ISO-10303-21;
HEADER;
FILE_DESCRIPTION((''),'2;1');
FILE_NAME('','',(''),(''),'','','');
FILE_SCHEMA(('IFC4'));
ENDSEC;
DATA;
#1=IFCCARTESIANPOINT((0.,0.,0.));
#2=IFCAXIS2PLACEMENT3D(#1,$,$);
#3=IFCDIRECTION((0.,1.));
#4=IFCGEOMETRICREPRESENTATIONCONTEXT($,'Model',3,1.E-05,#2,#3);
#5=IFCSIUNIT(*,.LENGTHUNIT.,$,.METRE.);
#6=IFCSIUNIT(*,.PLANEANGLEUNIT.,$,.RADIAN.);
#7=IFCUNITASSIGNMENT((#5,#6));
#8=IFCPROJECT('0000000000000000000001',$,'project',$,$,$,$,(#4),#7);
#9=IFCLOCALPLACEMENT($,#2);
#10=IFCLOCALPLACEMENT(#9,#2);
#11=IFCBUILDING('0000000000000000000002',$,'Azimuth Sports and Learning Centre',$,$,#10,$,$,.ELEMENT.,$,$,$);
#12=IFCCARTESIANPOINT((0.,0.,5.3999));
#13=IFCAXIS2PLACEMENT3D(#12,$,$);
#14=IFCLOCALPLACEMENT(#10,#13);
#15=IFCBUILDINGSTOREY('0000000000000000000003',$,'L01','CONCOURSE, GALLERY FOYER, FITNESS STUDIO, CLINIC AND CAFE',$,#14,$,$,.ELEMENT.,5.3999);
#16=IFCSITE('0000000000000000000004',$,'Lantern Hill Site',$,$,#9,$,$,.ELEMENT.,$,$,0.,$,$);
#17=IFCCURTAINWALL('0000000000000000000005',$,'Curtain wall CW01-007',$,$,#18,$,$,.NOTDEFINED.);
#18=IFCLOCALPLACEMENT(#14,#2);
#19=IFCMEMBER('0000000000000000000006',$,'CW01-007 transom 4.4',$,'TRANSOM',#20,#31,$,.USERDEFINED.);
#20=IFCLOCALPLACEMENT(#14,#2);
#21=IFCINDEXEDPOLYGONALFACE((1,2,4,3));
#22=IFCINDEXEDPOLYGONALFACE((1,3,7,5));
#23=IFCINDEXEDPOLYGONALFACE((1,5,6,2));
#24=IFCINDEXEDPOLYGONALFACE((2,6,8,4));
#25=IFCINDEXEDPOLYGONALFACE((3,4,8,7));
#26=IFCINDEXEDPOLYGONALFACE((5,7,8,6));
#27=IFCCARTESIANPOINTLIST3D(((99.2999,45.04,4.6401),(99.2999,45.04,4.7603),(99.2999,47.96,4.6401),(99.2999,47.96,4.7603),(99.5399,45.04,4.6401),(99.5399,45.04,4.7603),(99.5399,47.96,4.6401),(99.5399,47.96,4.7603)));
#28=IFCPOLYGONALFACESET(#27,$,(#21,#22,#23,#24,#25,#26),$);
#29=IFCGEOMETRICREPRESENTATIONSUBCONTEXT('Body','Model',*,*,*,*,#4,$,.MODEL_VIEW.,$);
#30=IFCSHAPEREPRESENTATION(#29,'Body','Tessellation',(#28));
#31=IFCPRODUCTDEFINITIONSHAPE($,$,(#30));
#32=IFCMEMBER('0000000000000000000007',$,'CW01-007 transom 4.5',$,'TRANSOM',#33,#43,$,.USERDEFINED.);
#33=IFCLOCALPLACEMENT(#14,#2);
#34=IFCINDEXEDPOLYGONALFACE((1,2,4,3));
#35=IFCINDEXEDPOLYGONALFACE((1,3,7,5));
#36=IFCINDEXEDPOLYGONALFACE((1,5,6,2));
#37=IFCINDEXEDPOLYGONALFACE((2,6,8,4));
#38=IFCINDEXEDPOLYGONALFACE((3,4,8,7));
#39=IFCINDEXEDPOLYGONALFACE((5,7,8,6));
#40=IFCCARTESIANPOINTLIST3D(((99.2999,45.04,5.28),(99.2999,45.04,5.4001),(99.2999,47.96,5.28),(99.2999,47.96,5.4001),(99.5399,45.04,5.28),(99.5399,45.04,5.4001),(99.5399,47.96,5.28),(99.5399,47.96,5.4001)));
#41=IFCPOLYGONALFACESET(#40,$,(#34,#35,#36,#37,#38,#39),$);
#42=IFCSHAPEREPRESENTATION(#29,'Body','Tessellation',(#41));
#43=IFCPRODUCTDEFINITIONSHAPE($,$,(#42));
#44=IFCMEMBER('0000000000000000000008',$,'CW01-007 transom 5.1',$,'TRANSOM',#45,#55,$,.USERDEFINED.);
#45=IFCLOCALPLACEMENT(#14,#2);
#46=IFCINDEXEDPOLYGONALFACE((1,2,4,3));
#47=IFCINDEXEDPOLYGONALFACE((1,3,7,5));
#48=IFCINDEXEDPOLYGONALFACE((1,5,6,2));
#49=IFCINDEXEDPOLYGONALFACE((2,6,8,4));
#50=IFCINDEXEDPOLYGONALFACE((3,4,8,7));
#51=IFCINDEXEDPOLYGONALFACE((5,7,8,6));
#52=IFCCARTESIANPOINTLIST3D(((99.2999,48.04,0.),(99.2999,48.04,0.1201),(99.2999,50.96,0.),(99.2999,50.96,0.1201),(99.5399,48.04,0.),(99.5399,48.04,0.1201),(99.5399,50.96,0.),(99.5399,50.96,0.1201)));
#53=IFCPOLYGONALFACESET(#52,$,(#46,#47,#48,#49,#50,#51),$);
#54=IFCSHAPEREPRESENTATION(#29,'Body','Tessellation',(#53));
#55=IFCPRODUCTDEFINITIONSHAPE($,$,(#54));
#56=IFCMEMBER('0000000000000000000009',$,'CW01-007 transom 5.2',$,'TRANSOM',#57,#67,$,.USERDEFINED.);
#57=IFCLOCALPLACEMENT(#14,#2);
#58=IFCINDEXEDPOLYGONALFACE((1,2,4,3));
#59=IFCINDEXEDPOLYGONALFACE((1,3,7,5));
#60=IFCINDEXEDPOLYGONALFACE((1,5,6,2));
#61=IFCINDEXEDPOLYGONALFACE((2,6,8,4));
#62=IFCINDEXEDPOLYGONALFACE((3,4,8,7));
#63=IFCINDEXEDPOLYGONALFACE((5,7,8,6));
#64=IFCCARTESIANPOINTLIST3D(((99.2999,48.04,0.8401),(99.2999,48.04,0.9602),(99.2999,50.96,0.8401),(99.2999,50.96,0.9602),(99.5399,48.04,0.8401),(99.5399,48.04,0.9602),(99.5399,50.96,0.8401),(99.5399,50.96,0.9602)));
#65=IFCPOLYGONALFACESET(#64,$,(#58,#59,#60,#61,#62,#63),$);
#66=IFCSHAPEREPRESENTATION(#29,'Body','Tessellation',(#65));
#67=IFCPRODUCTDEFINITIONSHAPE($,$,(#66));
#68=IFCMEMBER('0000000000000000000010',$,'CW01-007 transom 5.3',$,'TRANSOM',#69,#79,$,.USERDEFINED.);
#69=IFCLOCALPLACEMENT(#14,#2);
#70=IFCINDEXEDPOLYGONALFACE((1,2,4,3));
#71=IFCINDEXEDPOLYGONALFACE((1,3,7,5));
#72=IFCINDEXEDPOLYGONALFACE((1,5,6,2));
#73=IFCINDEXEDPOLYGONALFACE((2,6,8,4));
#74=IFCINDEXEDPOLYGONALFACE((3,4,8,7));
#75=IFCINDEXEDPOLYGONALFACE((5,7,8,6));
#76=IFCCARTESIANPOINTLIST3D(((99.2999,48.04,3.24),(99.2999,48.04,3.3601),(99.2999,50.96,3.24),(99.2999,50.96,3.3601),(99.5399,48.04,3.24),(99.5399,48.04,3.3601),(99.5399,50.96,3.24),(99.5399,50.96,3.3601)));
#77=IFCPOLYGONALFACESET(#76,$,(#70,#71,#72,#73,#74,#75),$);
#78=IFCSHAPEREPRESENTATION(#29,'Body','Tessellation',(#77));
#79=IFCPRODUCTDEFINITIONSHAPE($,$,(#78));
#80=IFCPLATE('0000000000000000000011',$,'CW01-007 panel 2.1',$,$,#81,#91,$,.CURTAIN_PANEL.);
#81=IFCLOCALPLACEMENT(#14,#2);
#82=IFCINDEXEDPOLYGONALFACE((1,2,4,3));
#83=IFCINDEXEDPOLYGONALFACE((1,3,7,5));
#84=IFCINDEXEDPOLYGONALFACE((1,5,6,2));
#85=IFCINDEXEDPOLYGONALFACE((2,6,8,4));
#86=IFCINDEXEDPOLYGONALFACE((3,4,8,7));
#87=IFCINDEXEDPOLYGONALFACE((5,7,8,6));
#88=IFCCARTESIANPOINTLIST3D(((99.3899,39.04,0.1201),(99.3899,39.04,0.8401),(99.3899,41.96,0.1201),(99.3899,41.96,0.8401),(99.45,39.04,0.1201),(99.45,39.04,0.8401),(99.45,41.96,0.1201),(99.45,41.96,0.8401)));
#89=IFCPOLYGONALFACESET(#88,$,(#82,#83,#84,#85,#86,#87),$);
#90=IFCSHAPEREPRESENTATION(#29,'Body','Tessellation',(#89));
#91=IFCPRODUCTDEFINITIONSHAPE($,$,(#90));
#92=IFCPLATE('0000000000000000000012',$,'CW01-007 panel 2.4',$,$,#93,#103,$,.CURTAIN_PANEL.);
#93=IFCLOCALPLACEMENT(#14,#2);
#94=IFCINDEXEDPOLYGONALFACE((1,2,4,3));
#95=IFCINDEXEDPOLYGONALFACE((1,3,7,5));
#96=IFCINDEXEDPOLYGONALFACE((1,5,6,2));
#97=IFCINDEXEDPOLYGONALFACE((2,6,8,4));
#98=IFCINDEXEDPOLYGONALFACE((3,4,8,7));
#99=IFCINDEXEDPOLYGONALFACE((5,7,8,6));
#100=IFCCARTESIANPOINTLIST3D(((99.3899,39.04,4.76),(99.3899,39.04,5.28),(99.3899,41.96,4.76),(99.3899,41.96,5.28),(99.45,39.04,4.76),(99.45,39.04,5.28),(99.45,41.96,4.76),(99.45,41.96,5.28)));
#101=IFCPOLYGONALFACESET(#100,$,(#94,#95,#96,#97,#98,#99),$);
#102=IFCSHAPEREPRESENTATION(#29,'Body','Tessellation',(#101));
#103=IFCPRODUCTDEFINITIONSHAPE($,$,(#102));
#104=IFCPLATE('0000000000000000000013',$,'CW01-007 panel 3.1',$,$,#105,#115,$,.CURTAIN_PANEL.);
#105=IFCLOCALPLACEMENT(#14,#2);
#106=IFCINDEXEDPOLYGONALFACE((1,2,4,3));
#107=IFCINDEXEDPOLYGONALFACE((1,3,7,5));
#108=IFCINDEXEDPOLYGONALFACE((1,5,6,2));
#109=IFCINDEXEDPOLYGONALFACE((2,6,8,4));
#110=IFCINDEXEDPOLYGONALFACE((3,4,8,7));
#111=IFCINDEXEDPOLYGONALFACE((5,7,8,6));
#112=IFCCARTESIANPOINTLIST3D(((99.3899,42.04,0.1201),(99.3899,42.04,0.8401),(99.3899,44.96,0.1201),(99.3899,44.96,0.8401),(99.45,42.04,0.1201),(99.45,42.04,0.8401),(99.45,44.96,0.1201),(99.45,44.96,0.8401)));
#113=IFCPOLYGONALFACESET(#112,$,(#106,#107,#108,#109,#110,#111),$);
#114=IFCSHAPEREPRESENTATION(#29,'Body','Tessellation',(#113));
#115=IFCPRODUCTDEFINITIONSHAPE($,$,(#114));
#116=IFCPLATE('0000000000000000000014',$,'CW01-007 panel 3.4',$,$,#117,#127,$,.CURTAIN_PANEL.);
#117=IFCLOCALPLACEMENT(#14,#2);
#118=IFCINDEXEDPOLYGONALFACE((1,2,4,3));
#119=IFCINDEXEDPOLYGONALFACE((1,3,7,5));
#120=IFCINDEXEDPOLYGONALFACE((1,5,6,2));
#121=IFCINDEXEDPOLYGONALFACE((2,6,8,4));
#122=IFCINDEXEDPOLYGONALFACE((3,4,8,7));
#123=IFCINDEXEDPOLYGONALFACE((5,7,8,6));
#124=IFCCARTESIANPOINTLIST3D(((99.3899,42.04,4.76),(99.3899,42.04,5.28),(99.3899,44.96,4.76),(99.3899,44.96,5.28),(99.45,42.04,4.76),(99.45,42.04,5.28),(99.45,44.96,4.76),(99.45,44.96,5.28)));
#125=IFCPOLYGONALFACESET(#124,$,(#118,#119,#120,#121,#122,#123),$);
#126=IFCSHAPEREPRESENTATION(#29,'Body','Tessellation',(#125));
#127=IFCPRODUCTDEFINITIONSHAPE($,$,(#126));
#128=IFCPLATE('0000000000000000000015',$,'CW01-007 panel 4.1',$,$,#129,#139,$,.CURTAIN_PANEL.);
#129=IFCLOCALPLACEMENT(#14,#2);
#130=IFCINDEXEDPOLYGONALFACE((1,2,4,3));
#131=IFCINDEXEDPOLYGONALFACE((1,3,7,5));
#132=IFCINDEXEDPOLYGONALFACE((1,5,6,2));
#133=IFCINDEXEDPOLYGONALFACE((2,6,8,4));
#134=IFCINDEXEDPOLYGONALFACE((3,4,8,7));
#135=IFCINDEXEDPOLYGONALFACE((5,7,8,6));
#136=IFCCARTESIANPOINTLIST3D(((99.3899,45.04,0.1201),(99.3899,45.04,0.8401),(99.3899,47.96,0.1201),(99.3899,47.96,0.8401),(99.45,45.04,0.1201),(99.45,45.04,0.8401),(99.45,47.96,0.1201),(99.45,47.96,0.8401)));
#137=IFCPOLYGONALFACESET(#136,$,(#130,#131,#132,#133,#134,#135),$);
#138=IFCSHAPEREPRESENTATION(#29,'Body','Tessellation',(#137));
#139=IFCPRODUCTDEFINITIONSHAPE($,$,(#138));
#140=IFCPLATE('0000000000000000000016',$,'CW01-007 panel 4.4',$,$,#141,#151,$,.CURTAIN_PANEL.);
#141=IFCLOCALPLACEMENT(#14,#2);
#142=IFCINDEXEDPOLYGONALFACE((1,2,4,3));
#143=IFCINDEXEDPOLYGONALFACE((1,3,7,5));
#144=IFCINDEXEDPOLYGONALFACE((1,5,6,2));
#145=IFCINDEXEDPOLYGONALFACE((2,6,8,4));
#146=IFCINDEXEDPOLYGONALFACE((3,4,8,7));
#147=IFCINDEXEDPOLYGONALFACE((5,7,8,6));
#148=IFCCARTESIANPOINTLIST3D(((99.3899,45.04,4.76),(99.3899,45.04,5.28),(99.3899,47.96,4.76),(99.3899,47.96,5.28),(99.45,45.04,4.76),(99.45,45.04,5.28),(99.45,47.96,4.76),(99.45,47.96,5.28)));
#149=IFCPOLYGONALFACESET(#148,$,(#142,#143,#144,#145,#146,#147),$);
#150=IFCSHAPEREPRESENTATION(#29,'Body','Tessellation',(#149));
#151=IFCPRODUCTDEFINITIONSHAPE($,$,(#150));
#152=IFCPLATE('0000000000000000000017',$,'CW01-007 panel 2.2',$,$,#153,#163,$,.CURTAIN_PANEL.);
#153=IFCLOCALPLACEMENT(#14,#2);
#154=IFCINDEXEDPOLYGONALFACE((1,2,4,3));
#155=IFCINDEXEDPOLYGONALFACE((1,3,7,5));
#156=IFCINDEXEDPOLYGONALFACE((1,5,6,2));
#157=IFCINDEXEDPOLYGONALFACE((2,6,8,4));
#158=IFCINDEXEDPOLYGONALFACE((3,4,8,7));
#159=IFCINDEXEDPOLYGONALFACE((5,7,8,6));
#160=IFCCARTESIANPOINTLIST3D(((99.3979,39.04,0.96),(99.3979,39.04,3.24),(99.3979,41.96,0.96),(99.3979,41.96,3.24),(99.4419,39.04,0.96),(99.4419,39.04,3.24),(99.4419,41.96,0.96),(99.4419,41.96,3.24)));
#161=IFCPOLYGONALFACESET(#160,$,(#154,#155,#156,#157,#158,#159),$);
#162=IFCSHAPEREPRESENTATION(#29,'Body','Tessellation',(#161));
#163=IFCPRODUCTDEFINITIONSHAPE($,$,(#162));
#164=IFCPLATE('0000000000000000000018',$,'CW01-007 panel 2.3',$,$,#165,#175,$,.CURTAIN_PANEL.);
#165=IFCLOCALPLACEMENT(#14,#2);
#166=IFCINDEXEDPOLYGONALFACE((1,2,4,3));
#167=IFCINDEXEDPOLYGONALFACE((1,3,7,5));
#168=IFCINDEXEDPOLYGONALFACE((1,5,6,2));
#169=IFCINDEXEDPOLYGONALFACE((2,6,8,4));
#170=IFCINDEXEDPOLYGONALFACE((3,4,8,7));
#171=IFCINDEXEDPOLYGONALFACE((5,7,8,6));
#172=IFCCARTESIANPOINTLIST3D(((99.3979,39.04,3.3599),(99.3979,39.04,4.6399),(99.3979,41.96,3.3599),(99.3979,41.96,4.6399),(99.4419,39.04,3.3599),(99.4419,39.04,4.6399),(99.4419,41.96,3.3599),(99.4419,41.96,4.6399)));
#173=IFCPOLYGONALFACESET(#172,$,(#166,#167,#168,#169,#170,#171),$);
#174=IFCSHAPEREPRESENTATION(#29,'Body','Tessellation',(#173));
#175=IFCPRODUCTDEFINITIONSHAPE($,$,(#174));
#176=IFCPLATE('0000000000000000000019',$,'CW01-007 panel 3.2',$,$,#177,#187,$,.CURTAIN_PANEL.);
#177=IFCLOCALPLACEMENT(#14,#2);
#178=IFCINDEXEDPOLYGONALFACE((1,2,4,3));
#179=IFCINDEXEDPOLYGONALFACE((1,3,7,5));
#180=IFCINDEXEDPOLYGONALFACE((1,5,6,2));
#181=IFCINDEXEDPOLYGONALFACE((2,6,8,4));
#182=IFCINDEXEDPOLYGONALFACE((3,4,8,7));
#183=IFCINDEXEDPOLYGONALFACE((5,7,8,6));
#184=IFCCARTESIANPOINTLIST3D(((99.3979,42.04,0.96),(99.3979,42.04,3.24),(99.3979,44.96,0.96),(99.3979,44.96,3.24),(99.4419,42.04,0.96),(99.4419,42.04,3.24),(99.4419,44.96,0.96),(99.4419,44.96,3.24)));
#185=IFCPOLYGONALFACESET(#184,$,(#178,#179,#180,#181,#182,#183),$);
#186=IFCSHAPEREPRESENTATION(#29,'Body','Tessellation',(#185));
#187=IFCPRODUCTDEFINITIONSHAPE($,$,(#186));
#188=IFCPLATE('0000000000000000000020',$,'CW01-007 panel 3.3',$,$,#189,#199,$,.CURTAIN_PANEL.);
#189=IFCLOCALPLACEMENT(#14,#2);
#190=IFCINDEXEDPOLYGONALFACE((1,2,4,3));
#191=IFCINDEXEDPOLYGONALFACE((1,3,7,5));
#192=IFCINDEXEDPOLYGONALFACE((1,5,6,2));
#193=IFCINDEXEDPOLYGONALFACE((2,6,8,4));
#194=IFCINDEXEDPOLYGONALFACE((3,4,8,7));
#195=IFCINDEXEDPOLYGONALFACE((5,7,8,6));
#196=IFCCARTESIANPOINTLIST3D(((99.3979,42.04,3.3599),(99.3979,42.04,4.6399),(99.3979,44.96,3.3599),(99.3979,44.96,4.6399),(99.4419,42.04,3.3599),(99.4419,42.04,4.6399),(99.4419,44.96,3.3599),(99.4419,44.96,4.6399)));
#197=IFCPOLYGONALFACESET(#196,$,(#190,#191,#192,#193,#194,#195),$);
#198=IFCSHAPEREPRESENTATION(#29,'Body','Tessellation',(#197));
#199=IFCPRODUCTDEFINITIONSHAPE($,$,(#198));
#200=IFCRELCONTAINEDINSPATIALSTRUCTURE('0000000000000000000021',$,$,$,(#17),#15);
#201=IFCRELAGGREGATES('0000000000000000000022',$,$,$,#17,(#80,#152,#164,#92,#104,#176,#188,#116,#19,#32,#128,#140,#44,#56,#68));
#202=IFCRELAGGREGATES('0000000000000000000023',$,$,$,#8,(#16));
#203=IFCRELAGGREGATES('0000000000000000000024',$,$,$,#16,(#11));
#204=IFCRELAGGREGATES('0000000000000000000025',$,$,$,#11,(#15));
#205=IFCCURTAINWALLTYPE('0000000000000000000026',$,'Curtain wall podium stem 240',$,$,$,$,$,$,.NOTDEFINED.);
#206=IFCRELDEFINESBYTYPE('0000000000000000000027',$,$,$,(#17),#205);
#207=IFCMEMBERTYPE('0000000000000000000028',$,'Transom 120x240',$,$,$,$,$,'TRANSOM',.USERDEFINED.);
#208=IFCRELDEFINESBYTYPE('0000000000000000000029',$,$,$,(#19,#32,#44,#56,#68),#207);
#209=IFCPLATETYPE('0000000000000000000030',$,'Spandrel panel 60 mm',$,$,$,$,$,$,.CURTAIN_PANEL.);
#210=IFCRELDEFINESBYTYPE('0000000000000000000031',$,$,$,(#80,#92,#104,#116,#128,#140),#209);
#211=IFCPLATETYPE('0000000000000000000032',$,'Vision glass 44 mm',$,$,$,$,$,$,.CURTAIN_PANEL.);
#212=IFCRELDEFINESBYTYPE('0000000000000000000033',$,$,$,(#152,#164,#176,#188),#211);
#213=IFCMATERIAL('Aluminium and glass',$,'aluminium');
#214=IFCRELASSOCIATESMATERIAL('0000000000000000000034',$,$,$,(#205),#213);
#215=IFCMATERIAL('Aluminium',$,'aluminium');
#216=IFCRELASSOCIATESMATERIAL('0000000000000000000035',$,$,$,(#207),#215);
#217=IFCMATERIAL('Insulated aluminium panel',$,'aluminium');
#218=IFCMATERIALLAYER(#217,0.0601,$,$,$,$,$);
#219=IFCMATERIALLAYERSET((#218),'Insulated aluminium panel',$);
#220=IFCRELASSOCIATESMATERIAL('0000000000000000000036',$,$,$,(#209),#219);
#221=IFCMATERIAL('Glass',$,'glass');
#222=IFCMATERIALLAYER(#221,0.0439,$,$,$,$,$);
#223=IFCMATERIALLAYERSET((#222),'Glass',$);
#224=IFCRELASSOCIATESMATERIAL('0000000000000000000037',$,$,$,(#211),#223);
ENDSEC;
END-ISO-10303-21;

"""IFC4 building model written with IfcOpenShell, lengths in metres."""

from ifc_helpers import new_model, si_unit, direction, frame, origin, origin_2d, place, context, subcontext, project, spatial, rectangle, extrude, material, layer, layer_set, material_profile, profile_set, type_object, element, aggregate, save


model = new_model("IFC4")

# Units and contexts
model_context = context("Model", 3, precision=1e-05, world=origin(), true_north=direction((0.0, 1.0)))
body_context = subcontext(model_context, "Body", "Model", "MODEL_VIEW")
ifc_project = project(units=[si_unit("LENGTHUNIT", "METRE"), si_unit("PLANEANGLEUNIT", "RADIAN")], contexts=[model_context])

# Site, building, storey
site_placement = place(None, origin())
site = spatial("IfcSite", under=ifc_project, at=site_placement, Name="Lantern Hill Site", CompositionType="ELEMENT", RefElevation=0.0)
building_placement = place(site_placement, origin())
building = spatial("IfcBuilding", under=site, at=building_placement, Name="Azimuth Sports and Learning Centre", CompositionType="ELEMENT")
storey_placement = place(building_placement, frame((0.0, 0.0, 5.3999)))
storey = spatial("IfcBuildingStorey", under=building, at=storey_placement, Name="L01", Description="CONCOURSE, GALLERY FOYER, FITNESS STUDIO, CLINIC AND CAFE", CompositionType="ELEMENT", Elevation=5.3999)

# Curtain wall, members, plates
ifc_material_1 = material(Name="Aluminium and glass", Category="aluminium")
curtain_wall_type = type_object("IfcCurtainWallType", Name="Curtain wall podium stem 240", PredefinedType="NOTDEFINED", material=ifc_material_1)
curtain_wall_placement = place(storey_placement, origin())
curtain_wall = element("IfcCurtainWall", 1, at=curtain_wall_placement, inside=storey, type_object=curtain_wall_type, Name="Curtain wall CW01-007", PredefinedType="NOTDEFINED")
ifc_material_2 = material(Name="Aluminium", Category="aluminium")
ifc_material_profile_1 = material_profile(ifc_material_2, rectangle(XDim=0.24, YDim=0.1201, at=origin_2d()), Name="Transom 120x240")
ifc_profile_set_1 = profile_set([ifc_material_profile_1], Name="Aluminium")
member_type_1 = type_object("IfcMemberType", Name="Transom 120x240", ElementType="TRANSOM", PredefinedType="USERDEFINED", material=ifc_profile_set_1)
member_1_placement = place(storey_placement, frame((99.4199, 45.04, 4.7002), z_axis=(0.0, 1.0, 0.0), x_axis=(-1.0, 0.0, 0.0)))
member_1 = element("IfcMember", 2, at=member_1_placement, type_object=member_type_1, Name="CW01-007 transom 4.4", ObjectType="TRANSOM", PredefinedType="USERDEFINED", context=body_context, shape_type="SweptSolid", body=[
    extrude(rectangle(XDim=0.24, YDim=0.1201, at=origin_2d()), origin(), (0.0, 0.0, 1.0), 2.9199),
])
member_2_placement = place(storey_placement, frame((99.4199, 45.04, 5.3401), z_axis=(0.0, 1.0, 0.0), x_axis=(-1.0, 0.0, 0.0)))
member_2 = element("IfcMember", 3, at=member_2_placement, type_object=member_type_1, Name="CW01-007 transom 4.5", ObjectType="TRANSOM", PredefinedType="USERDEFINED", context=body_context, shape_type="SweptSolid", body=[
    extrude(rectangle(XDim=0.24, YDim=0.1201, at=origin_2d()), origin(), (0.0, 0.0, 1.0), 2.9199),
])
member_3_placement = place(storey_placement, frame((99.4199, 48.04, 0.0601), z_axis=(0.0, 1.0, 0.0), x_axis=(-1.0, 0.0, 0.0)))
member_3 = element("IfcMember", 4, at=member_3_placement, type_object=member_type_1, Name="CW01-007 transom 5.1", ObjectType="TRANSOM", PredefinedType="USERDEFINED", context=body_context, shape_type="SweptSolid", body=[
    extrude(rectangle(XDim=0.24, YDim=0.1201, at=origin_2d()), origin(), (0.0, 0.0, 1.0), 2.9199),
])
member_4_placement = place(storey_placement, frame((99.4199, 48.04, 0.9001), z_axis=(0.0, 1.0, 0.0), x_axis=(-1.0, 0.0, 0.0)))
member_4 = element("IfcMember", 5, at=member_4_placement, type_object=member_type_1, Name="CW01-007 transom 5.2", ObjectType="TRANSOM", PredefinedType="USERDEFINED", context=body_context, shape_type="SweptSolid", body=[
    extrude(rectangle(XDim=0.24, YDim=0.1201, at=origin_2d()), origin(), (0.0, 0.0, 1.0), 2.9199),
])
member_5_placement = place(storey_placement, frame((99.4199, 48.04, 3.3), z_axis=(0.0, 1.0, 0.0), x_axis=(-1.0, 0.0, 0.0)))
member_5 = element("IfcMember", 6, at=member_5_placement, type_object=member_type_1, Name="CW01-007 transom 5.3", ObjectType="TRANSOM", PredefinedType="USERDEFINED", context=body_context, shape_type="SweptSolid", body=[
    extrude(rectangle(XDim=0.24, YDim=0.1201, at=origin_2d()), origin(), (0.0, 0.0, 1.0), 2.9199),
])
ifc_material_3 = material(Name="Insulated aluminium panel", Category="aluminium")
ifc_layer_1 = layer(ifc_material_3, 0.0601)
ifc_layer_set_1 = layer_set([ifc_layer_1], Name="Insulated aluminium panel")
plate_type_1 = type_object("IfcPlateType", Name="Spandrel panel 60 mm", PredefinedType="CURTAIN_PANEL", material=ifc_layer_set_1)
plate_1_placement = place(storey_placement, frame((99.4199, 40.5, 0.1201), z_axis=(0.0, 0.0, 1.0), x_axis=(0.0, 1.0, 0.0)))
plate_1 = element("IfcPlate", 7, at=plate_1_placement, type_object=plate_type_1, Name="CW01-007 panel 2.1", PredefinedType="CURTAIN_PANEL", context=body_context, shape_type="SweptSolid", body=[
    extrude(rectangle(XDim=2.9199, YDim=0.0601, at=origin_2d()), origin(), (0.0, 0.0, 1.0), 0.72),
])
plate_2_placement = place(storey_placement, frame((99.4199, 40.5, 4.76), z_axis=(0.0, 0.0, 1.0), x_axis=(0.0, 1.0, 0.0)))
plate_2 = element("IfcPlate", 8, at=plate_2_placement, type_object=plate_type_1, Name="CW01-007 panel 2.4", PredefinedType="CURTAIN_PANEL", context=body_context, shape_type="SweptSolid", body=[
    extrude(rectangle(XDim=2.9199, YDim=0.0601, at=origin_2d()), origin(), (0.0, 0.0, 1.0), 0.52),
])
plate_3_placement = place(storey_placement, frame((99.4199, 43.5, 0.1201), z_axis=(0.0, 0.0, 1.0), x_axis=(0.0, 1.0, 0.0)))
plate_3 = element("IfcPlate", 9, at=plate_3_placement, type_object=plate_type_1, Name="CW01-007 panel 3.1", PredefinedType="CURTAIN_PANEL", context=body_context, shape_type="SweptSolid", body=[
    extrude(rectangle(XDim=2.9199, YDim=0.0601, at=origin_2d()), origin(), (0.0, 0.0, 1.0), 0.72),
])
plate_4_placement = place(storey_placement, frame((99.4199, 43.5, 4.76), z_axis=(0.0, 0.0, 1.0), x_axis=(0.0, 1.0, 0.0)))
plate_4 = element("IfcPlate", 10, at=plate_4_placement, type_object=plate_type_1, Name="CW01-007 panel 3.4", PredefinedType="CURTAIN_PANEL", context=body_context, shape_type="SweptSolid", body=[
    extrude(rectangle(XDim=2.9199, YDim=0.0601, at=origin_2d()), origin(), (0.0, 0.0, 1.0), 0.52),
])
plate_5_placement = place(storey_placement, frame((99.4199, 46.5, 0.1201), z_axis=(0.0, 0.0, 1.0), x_axis=(0.0, 1.0, 0.0)))
plate_5 = element("IfcPlate", 11, at=plate_5_placement, type_object=plate_type_1, Name="CW01-007 panel 4.1", PredefinedType="CURTAIN_PANEL", context=body_context, shape_type="SweptSolid", body=[
    extrude(rectangle(XDim=2.9199, YDim=0.0601, at=origin_2d()), origin(), (0.0, 0.0, 1.0), 0.72),
])
plate_6_placement = place(storey_placement, frame((99.4199, 46.5, 4.76), z_axis=(0.0, 0.0, 1.0), x_axis=(0.0, 1.0, 0.0)))
plate_6 = element("IfcPlate", 12, at=plate_6_placement, type_object=plate_type_1, Name="CW01-007 panel 4.4", PredefinedType="CURTAIN_PANEL", context=body_context, shape_type="SweptSolid", body=[
    extrude(rectangle(XDim=2.9199, YDim=0.0601, at=origin_2d()), origin(), (0.0, 0.0, 1.0), 0.52),
])
ifc_material_4 = material(Name="Glass", Category="glass")
ifc_layer_2 = layer(ifc_material_4, 0.0439)
ifc_layer_set_2 = layer_set([ifc_layer_2], Name="Glass")
plate_type_2 = type_object("IfcPlateType", Name="Vision glass 44 mm", PredefinedType="CURTAIN_PANEL", material=ifc_layer_set_2)
plate_7_placement = place(storey_placement, frame((99.4199, 40.5, 0.96), z_axis=(0.0, 0.0, 1.0), x_axis=(0.0, 1.0, 0.0)))
plate_7 = element("IfcPlate", 13, at=plate_7_placement, type_object=plate_type_2, Name="CW01-007 panel 2.2", PredefinedType="CURTAIN_PANEL", context=body_context, shape_type="SweptSolid", body=[
    extrude(rectangle(XDim=2.9199, YDim=0.0439, at=origin_2d()), origin(), (0.0, 0.0, 1.0), 2.28),
])
plate_8_placement = place(storey_placement, frame((99.4199, 40.5, 3.3599), z_axis=(0.0, 0.0, 1.0), x_axis=(0.0, 1.0, 0.0)))
plate_8 = element("IfcPlate", 14, at=plate_8_placement, type_object=plate_type_2, Name="CW01-007 panel 2.3", PredefinedType="CURTAIN_PANEL", context=body_context, shape_type="SweptSolid", body=[
    extrude(rectangle(XDim=2.9199, YDim=0.0439, at=origin_2d()), origin(), (0.0, 0.0, 1.0), 1.28),
])
plate_9_placement = place(storey_placement, frame((99.4199, 43.5, 0.96), z_axis=(0.0, 0.0, 1.0), x_axis=(0.0, 1.0, 0.0)))
plate_9 = element("IfcPlate", 15, at=plate_9_placement, type_object=plate_type_2, Name="CW01-007 panel 3.2", PredefinedType="CURTAIN_PANEL", context=body_context, shape_type="SweptSolid", body=[
    extrude(rectangle(XDim=2.9199, YDim=0.0439, at=origin_2d()), origin(), (0.0, 0.0, 1.0), 2.28),
])
plate_10_placement = place(storey_placement, frame((99.4199, 43.5, 3.3599), z_axis=(0.0, 0.0, 1.0), x_axis=(0.0, 1.0, 0.0)))
plate_10 = element("IfcPlate", 16, at=plate_10_placement, type_object=plate_type_2, Name="CW01-007 panel 3.3", PredefinedType="CURTAIN_PANEL", context=body_context, shape_type="SweptSolid", body=[
    extrude(rectangle(XDim=2.9199, YDim=0.0439, at=origin_2d()), origin(), (0.0, 0.0, 1.0), 1.28),
])
aggregate(curtain_wall, [plate_1, plate_7, plate_8, plate_2, plate_3, plate_9, plate_10, plate_4, member_1, member_2, plate_5, plate_6, member_3, member_4, member_5])

save(model, "model.ifc")
